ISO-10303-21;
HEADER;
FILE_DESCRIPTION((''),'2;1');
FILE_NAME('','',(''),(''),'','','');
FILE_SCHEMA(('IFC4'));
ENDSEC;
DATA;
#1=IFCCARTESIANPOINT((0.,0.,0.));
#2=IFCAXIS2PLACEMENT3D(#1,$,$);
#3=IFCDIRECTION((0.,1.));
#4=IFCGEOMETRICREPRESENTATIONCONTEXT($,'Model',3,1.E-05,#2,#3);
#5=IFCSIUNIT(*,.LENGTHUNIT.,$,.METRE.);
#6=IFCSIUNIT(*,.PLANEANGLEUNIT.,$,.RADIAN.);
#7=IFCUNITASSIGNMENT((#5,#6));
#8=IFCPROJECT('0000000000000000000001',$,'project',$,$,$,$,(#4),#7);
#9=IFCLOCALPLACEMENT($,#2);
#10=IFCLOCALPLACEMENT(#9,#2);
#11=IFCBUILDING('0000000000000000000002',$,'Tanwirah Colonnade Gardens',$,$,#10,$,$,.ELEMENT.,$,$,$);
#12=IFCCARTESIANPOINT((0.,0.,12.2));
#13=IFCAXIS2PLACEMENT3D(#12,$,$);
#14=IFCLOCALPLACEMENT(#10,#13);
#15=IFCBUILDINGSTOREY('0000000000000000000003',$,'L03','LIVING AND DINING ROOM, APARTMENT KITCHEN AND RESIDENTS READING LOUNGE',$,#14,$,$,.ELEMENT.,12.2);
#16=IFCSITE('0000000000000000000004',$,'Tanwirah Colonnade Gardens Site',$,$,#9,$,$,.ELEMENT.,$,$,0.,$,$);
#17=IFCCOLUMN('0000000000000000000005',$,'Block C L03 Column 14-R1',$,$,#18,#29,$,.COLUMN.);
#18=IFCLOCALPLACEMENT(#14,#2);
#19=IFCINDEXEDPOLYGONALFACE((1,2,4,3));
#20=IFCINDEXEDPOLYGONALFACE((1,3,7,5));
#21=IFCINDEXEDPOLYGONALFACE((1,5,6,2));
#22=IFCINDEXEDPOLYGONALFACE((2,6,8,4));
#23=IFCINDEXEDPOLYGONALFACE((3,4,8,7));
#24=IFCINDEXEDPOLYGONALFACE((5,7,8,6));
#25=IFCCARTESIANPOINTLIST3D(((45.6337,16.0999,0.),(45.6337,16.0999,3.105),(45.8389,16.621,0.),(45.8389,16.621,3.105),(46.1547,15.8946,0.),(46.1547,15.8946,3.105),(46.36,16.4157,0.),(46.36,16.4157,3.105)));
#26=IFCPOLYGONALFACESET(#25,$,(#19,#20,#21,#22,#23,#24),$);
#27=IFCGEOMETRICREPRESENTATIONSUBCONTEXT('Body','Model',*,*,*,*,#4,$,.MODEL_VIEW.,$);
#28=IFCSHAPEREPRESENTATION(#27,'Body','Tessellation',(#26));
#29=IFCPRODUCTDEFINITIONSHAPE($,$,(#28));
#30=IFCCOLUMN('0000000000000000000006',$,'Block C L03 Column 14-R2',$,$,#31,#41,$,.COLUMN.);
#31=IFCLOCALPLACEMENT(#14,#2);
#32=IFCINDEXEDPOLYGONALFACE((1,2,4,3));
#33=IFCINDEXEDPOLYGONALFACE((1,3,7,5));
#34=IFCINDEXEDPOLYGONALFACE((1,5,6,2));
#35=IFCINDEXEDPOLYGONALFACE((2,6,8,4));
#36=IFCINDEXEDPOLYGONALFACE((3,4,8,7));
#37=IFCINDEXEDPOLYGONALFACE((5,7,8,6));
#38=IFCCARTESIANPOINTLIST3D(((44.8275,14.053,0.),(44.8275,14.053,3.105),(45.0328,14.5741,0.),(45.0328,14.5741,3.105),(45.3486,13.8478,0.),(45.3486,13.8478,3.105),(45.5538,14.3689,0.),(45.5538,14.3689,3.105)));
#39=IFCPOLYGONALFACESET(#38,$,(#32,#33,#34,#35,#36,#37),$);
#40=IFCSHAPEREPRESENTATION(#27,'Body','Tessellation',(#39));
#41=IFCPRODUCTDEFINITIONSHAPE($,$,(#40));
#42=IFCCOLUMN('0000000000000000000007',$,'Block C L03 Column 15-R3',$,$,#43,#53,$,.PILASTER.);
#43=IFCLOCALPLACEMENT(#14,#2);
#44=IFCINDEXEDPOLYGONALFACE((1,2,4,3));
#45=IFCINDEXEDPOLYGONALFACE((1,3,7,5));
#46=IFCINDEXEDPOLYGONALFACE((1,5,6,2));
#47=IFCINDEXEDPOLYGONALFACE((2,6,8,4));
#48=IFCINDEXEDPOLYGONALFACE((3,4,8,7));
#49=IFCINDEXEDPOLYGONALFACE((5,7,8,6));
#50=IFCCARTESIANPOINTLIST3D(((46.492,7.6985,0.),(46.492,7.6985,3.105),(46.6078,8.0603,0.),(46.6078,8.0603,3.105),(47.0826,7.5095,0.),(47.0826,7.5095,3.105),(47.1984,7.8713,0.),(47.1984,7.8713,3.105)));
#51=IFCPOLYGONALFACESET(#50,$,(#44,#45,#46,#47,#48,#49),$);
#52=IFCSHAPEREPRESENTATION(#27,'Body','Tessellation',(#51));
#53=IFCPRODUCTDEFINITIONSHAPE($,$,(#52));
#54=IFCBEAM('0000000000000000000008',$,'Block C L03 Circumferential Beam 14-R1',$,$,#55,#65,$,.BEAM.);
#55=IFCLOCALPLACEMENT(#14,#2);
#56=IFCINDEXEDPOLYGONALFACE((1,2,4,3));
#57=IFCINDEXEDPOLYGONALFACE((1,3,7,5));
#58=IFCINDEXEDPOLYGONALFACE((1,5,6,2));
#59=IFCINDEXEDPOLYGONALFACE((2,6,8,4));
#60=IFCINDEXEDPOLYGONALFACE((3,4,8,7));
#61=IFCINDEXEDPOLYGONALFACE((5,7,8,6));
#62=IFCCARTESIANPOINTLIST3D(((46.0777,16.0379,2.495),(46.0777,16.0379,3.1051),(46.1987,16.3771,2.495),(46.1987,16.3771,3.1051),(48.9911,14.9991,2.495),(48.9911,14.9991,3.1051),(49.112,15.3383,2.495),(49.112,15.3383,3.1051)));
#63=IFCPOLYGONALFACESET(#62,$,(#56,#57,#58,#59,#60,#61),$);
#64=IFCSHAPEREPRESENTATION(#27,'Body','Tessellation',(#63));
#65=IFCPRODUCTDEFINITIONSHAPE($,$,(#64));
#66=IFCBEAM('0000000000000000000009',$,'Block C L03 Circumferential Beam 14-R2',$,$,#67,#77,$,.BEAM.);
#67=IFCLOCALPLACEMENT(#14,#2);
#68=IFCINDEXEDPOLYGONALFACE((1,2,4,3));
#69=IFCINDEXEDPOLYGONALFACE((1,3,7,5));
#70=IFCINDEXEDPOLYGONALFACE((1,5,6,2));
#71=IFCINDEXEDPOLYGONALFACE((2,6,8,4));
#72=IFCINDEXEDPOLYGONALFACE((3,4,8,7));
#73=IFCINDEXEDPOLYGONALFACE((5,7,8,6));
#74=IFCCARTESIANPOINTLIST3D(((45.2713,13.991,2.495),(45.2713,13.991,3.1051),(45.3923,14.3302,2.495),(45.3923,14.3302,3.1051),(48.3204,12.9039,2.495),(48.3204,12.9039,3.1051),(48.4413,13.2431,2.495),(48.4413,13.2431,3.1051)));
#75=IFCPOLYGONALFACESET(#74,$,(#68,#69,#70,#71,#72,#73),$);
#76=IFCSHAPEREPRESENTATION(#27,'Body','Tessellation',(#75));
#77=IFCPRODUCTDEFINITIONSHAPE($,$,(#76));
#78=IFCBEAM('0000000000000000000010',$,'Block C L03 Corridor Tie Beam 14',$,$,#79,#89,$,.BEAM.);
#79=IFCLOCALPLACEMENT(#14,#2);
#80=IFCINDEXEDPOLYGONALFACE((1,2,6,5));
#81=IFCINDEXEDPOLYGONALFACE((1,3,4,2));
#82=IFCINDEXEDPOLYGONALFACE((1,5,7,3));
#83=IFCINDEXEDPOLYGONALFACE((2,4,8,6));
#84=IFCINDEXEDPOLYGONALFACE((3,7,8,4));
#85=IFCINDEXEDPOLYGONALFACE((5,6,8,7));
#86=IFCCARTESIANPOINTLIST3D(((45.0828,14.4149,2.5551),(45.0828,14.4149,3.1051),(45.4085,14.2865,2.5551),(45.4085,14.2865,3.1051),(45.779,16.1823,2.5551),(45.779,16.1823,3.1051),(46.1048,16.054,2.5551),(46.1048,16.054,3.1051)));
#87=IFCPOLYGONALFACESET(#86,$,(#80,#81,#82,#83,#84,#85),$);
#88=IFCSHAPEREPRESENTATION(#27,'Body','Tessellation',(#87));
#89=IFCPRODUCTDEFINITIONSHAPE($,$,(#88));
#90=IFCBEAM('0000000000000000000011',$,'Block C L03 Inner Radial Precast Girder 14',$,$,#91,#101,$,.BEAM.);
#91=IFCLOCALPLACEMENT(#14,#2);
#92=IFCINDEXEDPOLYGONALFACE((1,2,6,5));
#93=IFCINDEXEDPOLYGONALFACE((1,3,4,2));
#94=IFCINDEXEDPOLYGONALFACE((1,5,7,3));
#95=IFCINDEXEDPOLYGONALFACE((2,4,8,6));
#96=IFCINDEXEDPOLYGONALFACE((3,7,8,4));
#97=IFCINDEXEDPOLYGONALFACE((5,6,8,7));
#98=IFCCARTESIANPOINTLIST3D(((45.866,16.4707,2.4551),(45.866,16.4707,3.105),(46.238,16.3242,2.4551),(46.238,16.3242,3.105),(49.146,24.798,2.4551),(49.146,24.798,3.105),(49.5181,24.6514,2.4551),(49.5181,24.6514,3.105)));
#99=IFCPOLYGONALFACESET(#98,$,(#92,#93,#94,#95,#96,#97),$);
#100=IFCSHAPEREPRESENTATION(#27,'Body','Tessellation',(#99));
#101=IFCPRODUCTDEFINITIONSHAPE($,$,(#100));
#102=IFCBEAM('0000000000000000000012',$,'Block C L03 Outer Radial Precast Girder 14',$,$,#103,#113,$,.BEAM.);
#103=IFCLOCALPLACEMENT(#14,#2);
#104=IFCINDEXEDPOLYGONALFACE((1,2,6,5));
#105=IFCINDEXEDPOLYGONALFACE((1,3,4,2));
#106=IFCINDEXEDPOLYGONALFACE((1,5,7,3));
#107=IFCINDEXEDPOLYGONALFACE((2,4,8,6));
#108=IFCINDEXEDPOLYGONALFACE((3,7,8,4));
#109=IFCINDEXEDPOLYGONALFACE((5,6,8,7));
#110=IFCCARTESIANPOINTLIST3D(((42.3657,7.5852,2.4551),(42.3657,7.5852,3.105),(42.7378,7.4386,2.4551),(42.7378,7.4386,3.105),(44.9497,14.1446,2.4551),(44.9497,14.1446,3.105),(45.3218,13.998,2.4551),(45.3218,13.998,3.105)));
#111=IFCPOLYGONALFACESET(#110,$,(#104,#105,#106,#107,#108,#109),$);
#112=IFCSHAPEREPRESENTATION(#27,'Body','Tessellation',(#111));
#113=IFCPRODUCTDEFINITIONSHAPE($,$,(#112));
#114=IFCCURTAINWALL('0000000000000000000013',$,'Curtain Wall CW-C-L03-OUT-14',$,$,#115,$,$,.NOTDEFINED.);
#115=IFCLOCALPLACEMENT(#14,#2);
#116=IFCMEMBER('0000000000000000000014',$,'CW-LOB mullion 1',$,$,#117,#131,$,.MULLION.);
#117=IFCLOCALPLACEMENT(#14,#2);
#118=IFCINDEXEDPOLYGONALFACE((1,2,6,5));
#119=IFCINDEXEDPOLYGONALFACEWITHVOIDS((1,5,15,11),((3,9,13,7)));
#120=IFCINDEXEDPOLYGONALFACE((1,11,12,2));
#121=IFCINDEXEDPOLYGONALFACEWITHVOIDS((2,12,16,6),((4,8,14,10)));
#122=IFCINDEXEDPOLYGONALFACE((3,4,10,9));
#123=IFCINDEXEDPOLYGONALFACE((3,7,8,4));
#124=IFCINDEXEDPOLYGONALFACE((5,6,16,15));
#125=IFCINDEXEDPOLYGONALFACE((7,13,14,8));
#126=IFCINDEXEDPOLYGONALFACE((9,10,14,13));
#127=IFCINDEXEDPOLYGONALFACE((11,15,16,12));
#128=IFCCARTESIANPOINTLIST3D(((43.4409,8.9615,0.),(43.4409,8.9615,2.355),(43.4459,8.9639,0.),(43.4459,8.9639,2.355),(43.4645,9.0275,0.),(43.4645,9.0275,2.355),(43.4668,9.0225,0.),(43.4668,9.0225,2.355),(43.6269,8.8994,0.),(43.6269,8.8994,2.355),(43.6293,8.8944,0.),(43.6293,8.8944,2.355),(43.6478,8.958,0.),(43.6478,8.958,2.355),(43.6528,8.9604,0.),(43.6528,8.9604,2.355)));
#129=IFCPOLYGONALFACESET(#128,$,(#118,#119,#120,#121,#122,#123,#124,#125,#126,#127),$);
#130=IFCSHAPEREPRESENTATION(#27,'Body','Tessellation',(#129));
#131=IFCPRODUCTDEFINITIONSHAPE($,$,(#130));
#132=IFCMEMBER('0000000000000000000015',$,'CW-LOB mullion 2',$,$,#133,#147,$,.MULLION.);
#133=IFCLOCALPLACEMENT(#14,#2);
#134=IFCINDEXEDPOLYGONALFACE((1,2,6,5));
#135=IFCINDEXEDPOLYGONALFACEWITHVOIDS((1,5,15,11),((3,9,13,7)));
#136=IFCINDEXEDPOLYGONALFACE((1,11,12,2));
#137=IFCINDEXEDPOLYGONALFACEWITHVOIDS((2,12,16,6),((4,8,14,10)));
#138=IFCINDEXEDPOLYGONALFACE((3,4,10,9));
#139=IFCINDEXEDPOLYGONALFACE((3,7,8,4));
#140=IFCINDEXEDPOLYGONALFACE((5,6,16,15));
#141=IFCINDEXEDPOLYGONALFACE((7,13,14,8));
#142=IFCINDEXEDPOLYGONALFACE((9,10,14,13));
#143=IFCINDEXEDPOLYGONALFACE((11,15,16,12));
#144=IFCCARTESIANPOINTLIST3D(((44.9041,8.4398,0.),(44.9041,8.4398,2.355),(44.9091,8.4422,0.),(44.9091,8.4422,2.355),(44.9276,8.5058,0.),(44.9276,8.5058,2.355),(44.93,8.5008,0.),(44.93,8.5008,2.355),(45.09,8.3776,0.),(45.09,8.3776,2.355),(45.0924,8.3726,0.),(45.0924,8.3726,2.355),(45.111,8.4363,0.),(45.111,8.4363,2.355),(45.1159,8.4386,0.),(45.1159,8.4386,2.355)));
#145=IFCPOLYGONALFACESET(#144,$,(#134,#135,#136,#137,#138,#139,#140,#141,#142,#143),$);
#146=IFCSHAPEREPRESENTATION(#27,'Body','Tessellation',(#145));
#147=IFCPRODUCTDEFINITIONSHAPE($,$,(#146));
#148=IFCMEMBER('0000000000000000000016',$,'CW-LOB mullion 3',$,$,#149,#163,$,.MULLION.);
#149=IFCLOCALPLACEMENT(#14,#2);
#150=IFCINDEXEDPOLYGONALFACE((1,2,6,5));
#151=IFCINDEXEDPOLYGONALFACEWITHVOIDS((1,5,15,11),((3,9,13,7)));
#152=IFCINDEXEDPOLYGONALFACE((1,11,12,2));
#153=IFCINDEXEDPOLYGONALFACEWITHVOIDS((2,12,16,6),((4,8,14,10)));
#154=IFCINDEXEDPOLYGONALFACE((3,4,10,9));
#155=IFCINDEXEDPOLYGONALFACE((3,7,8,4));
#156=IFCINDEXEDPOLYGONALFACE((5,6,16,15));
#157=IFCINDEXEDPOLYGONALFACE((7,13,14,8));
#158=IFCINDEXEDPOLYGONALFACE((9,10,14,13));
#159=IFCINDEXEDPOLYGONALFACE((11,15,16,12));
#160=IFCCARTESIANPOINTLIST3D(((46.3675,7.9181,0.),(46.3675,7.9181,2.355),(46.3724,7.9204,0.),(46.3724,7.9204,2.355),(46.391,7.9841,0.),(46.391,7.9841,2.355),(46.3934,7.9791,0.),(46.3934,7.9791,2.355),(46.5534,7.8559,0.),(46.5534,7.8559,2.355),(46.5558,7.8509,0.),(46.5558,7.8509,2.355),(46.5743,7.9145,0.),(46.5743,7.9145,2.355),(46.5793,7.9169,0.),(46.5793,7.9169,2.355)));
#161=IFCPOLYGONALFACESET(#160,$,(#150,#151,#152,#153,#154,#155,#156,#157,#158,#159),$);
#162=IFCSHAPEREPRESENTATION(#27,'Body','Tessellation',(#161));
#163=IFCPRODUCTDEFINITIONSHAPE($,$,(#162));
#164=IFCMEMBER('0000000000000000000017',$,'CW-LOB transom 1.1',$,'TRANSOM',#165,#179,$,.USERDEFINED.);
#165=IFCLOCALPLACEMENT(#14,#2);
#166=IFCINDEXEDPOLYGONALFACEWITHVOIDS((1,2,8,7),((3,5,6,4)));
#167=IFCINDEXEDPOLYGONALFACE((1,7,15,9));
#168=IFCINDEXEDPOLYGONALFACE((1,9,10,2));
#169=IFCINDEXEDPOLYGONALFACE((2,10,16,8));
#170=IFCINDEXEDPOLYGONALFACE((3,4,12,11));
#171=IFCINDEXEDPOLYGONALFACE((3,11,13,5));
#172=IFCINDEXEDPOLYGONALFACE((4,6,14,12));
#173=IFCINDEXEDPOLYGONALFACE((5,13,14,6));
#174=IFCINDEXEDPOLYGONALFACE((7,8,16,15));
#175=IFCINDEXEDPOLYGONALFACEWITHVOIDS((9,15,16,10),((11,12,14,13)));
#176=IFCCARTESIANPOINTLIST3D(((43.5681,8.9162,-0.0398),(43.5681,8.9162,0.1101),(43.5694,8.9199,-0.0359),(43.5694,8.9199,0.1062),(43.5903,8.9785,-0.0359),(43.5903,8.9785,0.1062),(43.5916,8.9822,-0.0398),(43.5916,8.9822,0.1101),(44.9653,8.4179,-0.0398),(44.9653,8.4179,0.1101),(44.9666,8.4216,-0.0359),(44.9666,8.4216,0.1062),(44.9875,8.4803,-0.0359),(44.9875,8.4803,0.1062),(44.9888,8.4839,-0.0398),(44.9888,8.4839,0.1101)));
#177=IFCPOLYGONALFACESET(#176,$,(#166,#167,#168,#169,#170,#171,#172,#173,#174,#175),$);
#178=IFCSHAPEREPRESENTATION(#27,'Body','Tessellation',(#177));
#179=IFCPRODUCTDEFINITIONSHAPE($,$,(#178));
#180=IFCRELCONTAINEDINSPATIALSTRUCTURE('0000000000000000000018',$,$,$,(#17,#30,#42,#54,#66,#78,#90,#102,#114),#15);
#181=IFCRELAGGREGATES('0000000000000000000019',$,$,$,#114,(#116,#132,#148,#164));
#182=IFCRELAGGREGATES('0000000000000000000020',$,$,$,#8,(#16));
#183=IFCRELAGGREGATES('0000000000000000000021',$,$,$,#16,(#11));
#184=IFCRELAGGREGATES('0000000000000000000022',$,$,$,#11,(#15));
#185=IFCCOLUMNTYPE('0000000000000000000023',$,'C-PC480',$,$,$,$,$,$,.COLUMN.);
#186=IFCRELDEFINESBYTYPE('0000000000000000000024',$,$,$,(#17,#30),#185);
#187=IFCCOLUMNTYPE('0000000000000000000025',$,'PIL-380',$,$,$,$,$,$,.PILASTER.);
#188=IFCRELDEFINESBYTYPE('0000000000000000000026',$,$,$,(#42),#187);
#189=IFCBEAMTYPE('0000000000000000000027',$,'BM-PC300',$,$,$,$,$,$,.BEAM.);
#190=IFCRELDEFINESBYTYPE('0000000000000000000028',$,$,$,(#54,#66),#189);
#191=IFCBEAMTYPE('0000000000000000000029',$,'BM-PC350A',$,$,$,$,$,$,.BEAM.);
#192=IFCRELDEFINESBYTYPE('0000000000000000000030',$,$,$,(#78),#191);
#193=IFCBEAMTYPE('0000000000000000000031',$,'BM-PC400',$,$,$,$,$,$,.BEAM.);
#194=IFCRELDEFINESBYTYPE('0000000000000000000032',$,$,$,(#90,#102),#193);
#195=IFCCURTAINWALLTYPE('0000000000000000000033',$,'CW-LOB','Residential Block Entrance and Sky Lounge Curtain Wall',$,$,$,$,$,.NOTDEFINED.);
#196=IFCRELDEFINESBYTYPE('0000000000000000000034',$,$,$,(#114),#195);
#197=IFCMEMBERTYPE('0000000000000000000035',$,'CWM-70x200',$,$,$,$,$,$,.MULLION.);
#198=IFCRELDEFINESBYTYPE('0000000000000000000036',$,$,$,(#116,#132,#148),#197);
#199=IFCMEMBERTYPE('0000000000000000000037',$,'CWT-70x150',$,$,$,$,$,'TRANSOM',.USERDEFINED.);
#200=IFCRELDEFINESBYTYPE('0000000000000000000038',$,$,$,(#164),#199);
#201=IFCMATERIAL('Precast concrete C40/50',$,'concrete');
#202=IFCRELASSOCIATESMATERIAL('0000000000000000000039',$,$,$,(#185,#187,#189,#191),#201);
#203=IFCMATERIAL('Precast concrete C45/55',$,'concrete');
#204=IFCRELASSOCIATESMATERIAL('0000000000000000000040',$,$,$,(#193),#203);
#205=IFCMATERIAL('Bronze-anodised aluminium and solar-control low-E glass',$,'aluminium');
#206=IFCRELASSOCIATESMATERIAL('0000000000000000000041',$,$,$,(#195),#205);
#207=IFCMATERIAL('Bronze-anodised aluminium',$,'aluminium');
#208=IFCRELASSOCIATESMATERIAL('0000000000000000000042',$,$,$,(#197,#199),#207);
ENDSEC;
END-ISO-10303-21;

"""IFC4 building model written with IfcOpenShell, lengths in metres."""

from ifc_helpers import new_model, si_unit, direction, frame, origin, origin_2d, place, context, subcontext, project, spatial, rectangle, hollow_rectangle, extrude, material, material_profile, profile_set, type_object, element, aggregate, save


model = new_model("IFC4")

# Units and contexts
model_context = context("Model", 3, precision=1e-05, world=origin(), true_north=direction((0.0, 1.0)))
body_context = subcontext(model_context, "Body", "Model", "MODEL_VIEW")
ifc_project = project(units=[si_unit("LENGTHUNIT", "METRE"), si_unit("PLANEANGLEUNIT", "RADIAN")], contexts=[model_context])

# Site, building, storey
site_placement = place(None, origin())
site = spatial("IfcSite", under=ifc_project, at=site_placement, Name="Tanwirah Colonnade Gardens Site", CompositionType="ELEMENT", RefElevation=0.0)
building_placement = place(site_placement, origin())
building = spatial("IfcBuilding", under=site, at=building_placement, Name="Tanwirah Colonnade Gardens", CompositionType="ELEMENT")
storey_placement = place(building_placement, frame((0.0, 0.0, 12.2)))
storey = spatial("IfcBuildingStorey", under=building, at=storey_placement, Name="L03", Description="LIVING AND DINING ROOM, APARTMENT KITCHEN AND RESIDENTS READING LOUNGE", CompositionType="ELEMENT", Elevation=12.2)

# Columns
ifc_material_1 = material(Name="Precast concrete C40/50", Category="concrete")
ifc_material_profile_1 = material_profile(ifc_material_1, rectangle(XDim=0.5601, YDim=0.5601, at=origin_2d()), Name="PC-COL 560x560")
ifc_profile_set_1 = profile_set([ifc_material_profile_1], Name="Precast concrete C40/50")
column_type_1 = type_object("IfcColumnType", Name="C-PC480", PredefinedType="COLUMN", material=ifc_profile_set_1)
for number, where, z_axis, x_axis, name in (
    (1, (45.9968, 16.2578, 0.0), (0.0, 0.0, 1.0), (-0.366501, -0.930418, 0.0), "Block C L03 Column 14-R1"),
    (2, (45.1907, 14.2109, 0.0), (0.0, 0.0, 1.0), (-0.366501, -0.930418, 0.0), "Block C L03 Column 14-R2"),
):
    element("IfcColumn", number, at=place(storey_placement, frame(where, z_axis=z_axis, x_axis=x_axis)), inside=storey, type_object=column_type_1, Name=name, PredefinedType="COLUMN", context=body_context, shape_type="SweptSolid", body=[
        extrude(rectangle(XDim=0.5601, YDim=0.5601, at=origin_2d()), origin(), (0.0, 0.0, 1.0), 3.105),
    ])
ifc_material_profile_2 = material_profile(ifc_material_1, rectangle(XDim=0.3799, YDim=0.6201, at=origin_2d()), Name="PC-PIL 380x620")
ifc_profile_set_2 = profile_set([ifc_material_profile_2], Name="Precast concrete C40/50")
column_type_2 = type_object("IfcColumnType", Name="PIL-380", PredefinedType="PILASTER", material=ifc_profile_set_2)
column_placement = place(storey_placement, frame((46.8452, 7.7849, 0.0), z_axis=(0.0, 0.0, 1.0), x_axis=(-0.304864, -0.952396, 0.0)))
element("IfcColumn", 3, at=column_placement, inside=storey, type_object=column_type_2, Name="Block C L03 Column 15-R3", PredefinedType="PILASTER", context=body_context, shape_type="SweptSolid", body=[
    extrude(rectangle(XDim=0.3799, YDim=0.6201, at=origin_2d()), origin(), (0.0, 0.0, 1.0), 3.105),
])

# Beams
ifc_material_profile_3 = material_profile(ifc_material_1, rectangle(XDim=0.3601, YDim=0.6101, at=origin_2d()), Name="PC-BM 360x610")
ifc_profile_set_3 = profile_set([ifc_material_profile_3], Name="Precast concrete C40/50")
beam_type_1 = type_object("IfcBeamType", Name="BM-PC300", PredefinedType="BEAM", material=ifc_profile_set_3)
beam_1_placement = place(storey_placement, frame((46.1382, 16.2075, 2.8), z_axis=(0.941911, -0.335861, 0.0), x_axis=(0.335861, 0.941911, 0.0)))
element("IfcBeam", 4, at=beam_1_placement, inside=storey, type_object=beam_type_1, Name="Block C L03 Circumferential Beam 14-R1", PredefinedType="BEAM", context=body_context, shape_type="SweptSolid", body=[
    extrude(rectangle(XDim=0.3601, YDim=0.6101, at=origin_2d()), origin(), (0.0, 0.0, 1.0), 3.093),
])
beam_2_placement = place(storey_placement, frame((45.3318, 14.1606, 2.8), z_axis=(0.941918, -0.335844, 0.0), x_axis=(0.335844, 0.941918, 0.0)))
element("IfcBeam", 5, at=beam_2_placement, inside=storey, type_object=beam_type_1, Name="Block C L03 Circumferential Beam 14-R2", PredefinedType="BEAM", context=body_context, shape_type="SweptSolid", body=[
    extrude(rectangle(XDim=0.3601, YDim=0.6101, at=origin_2d()), origin(), (0.0, 0.0, 1.0), 3.2371),
])
ifc_material_profile_4 = material_profile(ifc_material_1, rectangle(XDim=0.3501, YDim=0.55, at=origin_2d()), Name="PC-BM 350x550")
ifc_profile_set_4 = profile_set([ifc_material_profile_4], Name="Precast concrete C40/50")
beam_type_2 = type_object("IfcBeamType", Name="BM-PC350A", PredefinedType="BEAM", material=ifc_profile_set_4)
beam_3_placement = place(storey_placement, frame((45.9419, 16.1182, 2.8301), z_axis=(-0.366511, -0.930414, 0.0), x_axis=(0.930414, -0.366511, 0.0)))
element("IfcBeam", 6, at=beam_3_placement, inside=storey, type_object=beam_type_2, Name="Block C L03 Corridor Tie Beam 14", PredefinedType="BEAM", context=body_context, shape_type="SweptSolid", body=[
    extrude(rectangle(XDim=0.3501, YDim=0.55, at=origin_2d()), origin(), (0.0, 0.0, 1.0), 1.8997),
])
ifc_material_2 = material(Name="Precast concrete C45/55", Category="concrete")
ifc_material_profile_5 = material_profile(ifc_material_2, rectangle(XDim=0.3999, YDim=0.6499, at=origin_2d()), Name="PC-BM 400x650")
ifc_profile_set_5 = profile_set([ifc_material_profile_5], Name="Precast concrete C45/55")
beam_type_3 = type_object("IfcBeamType", Name="BM-PC400", PredefinedType="BEAM", material=ifc_profile_set_5)
beam_4_placement = place(storey_placement, frame((46.052, 16.3975, 2.78), z_axis=(0.366489, 0.930422, 0.0), x_axis=(-0.930422, 0.366489, 0.0)))
element("IfcBeam", 7, at=beam_4_placement, inside=storey, type_object=beam_type_3, Name="Block C L03 Inner Radial Precast Girder 14", PredefinedType="BEAM", context=body_context, shape_type="SweptSolid", body=[
    extrude(rectangle(XDim=0.3999, YDim=0.6499, at=origin_2d()), origin(), (0.0, 0.0, 1.0), 8.95),
])
beam_5_placement = place(storey_placement, frame((45.1357, 14.0713, 2.78), z_axis=(-0.366525, -0.930408, 0.0), x_axis=(0.930408, -0.366525, 0.0)))
element("IfcBeam", 8, at=beam_5_placement, inside=storey, type_object=beam_type_3, Name="Block C L03 Outer Radial Precast Girder 14", PredefinedType="BEAM", context=body_context, shape_type="SweptSolid", body=[
    extrude(rectangle(XDim=0.3999, YDim=0.6499, at=origin_2d()), origin(), (0.0, 0.0, 1.0), 7.05),
])

# Curtain wall, members
ifc_material_3 = material(Name="Bronze-anodised aluminium and solar-control low-E glass", Category="aluminium")
curtain_wall_type = type_object("IfcCurtainWallType", Name="CW-LOB", Description="Residential Block Entrance and Sky Lounge Curtain Wall", PredefinedType="NOTDEFINED", material=ifc_material_3)
curtain_wall_placement = place(storey_placement, origin())
curtain_wall = element("IfcCurtainWall", 9, at=curtain_wall_placement, inside=storey, type_object=curtain_wall_type, Name="Curtain Wall CW-C-L03-OUT-14", PredefinedType="NOTDEFINED")
ifc_material_4 = material(Name="Bronze-anodised aluminium", Category="aluminium")
ifc_material_profile_6 = material_profile(ifc_material_4, hollow_rectangle(XDim=0.0701, YDim=0.2, WallThickness=0.0039, at=origin_2d()), Name="CW-MUL 70x200x4")
ifc_profile_set_6 = profile_set([ifc_material_profile_6], Name="Bronze-anodised aluminium")
member_type_1 = type_object("IfcMemberType", Name="CWM-70x200", PredefinedType="MULLION", material=ifc_profile_set_6)
member_1_placement = place(storey_placement, frame((43.5469, 8.9609, 0.0), z_axis=(0.0, 0.0, 1.0), x_axis=(0.335862, 0.941911, 0.0)))
member_1 = element("IfcMember", 10, at=member_1_placement, type_object=member_type_1, Name="CW-LOB mullion 1", PredefinedType="MULLION", context=body_context, shape_type="SweptSolid", body=[
    extrude(hollow_rectangle(XDim=0.0701, YDim=0.2, WallThickness=0.0039, at=origin_2d()), origin(), (0.0, 0.0, 1.0), 2.355),
])
member_2_placement = place(storey_placement, frame((45.01, 8.4392, 0.0), z_axis=(0.0, 0.0, 1.0), x_axis=(0.335862, 0.941911, 0.0)))
member_2 = element("IfcMember", 11, at=member_2_placement, type_object=member_type_1, Name="CW-LOB mullion 2", PredefinedType="MULLION", context=body_context, shape_type="SweptSolid", body=[
    extrude(hollow_rectangle(XDim=0.0701, YDim=0.2, WallThickness=0.0039, at=origin_2d()), origin(), (0.0, 0.0, 1.0), 2.355),
])
member_3_placement = place(storey_placement, frame((46.4734, 7.9175, 0.0), z_axis=(0.0, 0.0, 1.0), x_axis=(0.335862, 0.941911, 0.0)))
member_3 = element("IfcMember", 12, at=member_3_placement, type_object=member_type_1, Name="CW-LOB mullion 3", PredefinedType="MULLION", context=body_context, shape_type="SweptSolid", body=[
    extrude(hollow_rectangle(XDim=0.0701, YDim=0.2, WallThickness=0.0039, at=origin_2d()), origin(), (0.0, 0.0, 1.0), 2.355),
])
ifc_material_profile_7 = material_profile(ifc_material_4, hollow_rectangle(XDim=0.0701, YDim=0.1499, WallThickness=0.0039, at=origin_2d()), Name="CW-TRN 70x150x4")
ifc_profile_set_7 = profile_set([ifc_material_profile_7], Name="Bronze-anodised aluminium")
member_type_2 = type_object("IfcMemberType", Name="CWT-70x150", ElementType="TRANSOM", PredefinedType="USERDEFINED", material=ifc_profile_set_7)
member_4_placement = place(storey_placement, frame((43.5798, 8.9492, 0.0352), z_axis=(0.941894, -0.335909, 0.0), x_axis=(0.335909, 0.941894, 0.0)))
member_4 = element("IfcMember", 13, at=member_4_placement, type_object=member_type_2, Name="CW-LOB transom 1.1", ObjectType="TRANSOM", PredefinedType="USERDEFINED", context=body_context, shape_type="SweptSolid", body=[
    extrude(hollow_rectangle(XDim=0.0701, YDim=0.1499, WallThickness=0.0039, at=origin_2d()), origin(), (0.0, 0.0, 1.0), 1.4834),
])

aggregate(curtain_wall, [member_1, member_2, member_3, member_4])

save(model, "model.ifc")
